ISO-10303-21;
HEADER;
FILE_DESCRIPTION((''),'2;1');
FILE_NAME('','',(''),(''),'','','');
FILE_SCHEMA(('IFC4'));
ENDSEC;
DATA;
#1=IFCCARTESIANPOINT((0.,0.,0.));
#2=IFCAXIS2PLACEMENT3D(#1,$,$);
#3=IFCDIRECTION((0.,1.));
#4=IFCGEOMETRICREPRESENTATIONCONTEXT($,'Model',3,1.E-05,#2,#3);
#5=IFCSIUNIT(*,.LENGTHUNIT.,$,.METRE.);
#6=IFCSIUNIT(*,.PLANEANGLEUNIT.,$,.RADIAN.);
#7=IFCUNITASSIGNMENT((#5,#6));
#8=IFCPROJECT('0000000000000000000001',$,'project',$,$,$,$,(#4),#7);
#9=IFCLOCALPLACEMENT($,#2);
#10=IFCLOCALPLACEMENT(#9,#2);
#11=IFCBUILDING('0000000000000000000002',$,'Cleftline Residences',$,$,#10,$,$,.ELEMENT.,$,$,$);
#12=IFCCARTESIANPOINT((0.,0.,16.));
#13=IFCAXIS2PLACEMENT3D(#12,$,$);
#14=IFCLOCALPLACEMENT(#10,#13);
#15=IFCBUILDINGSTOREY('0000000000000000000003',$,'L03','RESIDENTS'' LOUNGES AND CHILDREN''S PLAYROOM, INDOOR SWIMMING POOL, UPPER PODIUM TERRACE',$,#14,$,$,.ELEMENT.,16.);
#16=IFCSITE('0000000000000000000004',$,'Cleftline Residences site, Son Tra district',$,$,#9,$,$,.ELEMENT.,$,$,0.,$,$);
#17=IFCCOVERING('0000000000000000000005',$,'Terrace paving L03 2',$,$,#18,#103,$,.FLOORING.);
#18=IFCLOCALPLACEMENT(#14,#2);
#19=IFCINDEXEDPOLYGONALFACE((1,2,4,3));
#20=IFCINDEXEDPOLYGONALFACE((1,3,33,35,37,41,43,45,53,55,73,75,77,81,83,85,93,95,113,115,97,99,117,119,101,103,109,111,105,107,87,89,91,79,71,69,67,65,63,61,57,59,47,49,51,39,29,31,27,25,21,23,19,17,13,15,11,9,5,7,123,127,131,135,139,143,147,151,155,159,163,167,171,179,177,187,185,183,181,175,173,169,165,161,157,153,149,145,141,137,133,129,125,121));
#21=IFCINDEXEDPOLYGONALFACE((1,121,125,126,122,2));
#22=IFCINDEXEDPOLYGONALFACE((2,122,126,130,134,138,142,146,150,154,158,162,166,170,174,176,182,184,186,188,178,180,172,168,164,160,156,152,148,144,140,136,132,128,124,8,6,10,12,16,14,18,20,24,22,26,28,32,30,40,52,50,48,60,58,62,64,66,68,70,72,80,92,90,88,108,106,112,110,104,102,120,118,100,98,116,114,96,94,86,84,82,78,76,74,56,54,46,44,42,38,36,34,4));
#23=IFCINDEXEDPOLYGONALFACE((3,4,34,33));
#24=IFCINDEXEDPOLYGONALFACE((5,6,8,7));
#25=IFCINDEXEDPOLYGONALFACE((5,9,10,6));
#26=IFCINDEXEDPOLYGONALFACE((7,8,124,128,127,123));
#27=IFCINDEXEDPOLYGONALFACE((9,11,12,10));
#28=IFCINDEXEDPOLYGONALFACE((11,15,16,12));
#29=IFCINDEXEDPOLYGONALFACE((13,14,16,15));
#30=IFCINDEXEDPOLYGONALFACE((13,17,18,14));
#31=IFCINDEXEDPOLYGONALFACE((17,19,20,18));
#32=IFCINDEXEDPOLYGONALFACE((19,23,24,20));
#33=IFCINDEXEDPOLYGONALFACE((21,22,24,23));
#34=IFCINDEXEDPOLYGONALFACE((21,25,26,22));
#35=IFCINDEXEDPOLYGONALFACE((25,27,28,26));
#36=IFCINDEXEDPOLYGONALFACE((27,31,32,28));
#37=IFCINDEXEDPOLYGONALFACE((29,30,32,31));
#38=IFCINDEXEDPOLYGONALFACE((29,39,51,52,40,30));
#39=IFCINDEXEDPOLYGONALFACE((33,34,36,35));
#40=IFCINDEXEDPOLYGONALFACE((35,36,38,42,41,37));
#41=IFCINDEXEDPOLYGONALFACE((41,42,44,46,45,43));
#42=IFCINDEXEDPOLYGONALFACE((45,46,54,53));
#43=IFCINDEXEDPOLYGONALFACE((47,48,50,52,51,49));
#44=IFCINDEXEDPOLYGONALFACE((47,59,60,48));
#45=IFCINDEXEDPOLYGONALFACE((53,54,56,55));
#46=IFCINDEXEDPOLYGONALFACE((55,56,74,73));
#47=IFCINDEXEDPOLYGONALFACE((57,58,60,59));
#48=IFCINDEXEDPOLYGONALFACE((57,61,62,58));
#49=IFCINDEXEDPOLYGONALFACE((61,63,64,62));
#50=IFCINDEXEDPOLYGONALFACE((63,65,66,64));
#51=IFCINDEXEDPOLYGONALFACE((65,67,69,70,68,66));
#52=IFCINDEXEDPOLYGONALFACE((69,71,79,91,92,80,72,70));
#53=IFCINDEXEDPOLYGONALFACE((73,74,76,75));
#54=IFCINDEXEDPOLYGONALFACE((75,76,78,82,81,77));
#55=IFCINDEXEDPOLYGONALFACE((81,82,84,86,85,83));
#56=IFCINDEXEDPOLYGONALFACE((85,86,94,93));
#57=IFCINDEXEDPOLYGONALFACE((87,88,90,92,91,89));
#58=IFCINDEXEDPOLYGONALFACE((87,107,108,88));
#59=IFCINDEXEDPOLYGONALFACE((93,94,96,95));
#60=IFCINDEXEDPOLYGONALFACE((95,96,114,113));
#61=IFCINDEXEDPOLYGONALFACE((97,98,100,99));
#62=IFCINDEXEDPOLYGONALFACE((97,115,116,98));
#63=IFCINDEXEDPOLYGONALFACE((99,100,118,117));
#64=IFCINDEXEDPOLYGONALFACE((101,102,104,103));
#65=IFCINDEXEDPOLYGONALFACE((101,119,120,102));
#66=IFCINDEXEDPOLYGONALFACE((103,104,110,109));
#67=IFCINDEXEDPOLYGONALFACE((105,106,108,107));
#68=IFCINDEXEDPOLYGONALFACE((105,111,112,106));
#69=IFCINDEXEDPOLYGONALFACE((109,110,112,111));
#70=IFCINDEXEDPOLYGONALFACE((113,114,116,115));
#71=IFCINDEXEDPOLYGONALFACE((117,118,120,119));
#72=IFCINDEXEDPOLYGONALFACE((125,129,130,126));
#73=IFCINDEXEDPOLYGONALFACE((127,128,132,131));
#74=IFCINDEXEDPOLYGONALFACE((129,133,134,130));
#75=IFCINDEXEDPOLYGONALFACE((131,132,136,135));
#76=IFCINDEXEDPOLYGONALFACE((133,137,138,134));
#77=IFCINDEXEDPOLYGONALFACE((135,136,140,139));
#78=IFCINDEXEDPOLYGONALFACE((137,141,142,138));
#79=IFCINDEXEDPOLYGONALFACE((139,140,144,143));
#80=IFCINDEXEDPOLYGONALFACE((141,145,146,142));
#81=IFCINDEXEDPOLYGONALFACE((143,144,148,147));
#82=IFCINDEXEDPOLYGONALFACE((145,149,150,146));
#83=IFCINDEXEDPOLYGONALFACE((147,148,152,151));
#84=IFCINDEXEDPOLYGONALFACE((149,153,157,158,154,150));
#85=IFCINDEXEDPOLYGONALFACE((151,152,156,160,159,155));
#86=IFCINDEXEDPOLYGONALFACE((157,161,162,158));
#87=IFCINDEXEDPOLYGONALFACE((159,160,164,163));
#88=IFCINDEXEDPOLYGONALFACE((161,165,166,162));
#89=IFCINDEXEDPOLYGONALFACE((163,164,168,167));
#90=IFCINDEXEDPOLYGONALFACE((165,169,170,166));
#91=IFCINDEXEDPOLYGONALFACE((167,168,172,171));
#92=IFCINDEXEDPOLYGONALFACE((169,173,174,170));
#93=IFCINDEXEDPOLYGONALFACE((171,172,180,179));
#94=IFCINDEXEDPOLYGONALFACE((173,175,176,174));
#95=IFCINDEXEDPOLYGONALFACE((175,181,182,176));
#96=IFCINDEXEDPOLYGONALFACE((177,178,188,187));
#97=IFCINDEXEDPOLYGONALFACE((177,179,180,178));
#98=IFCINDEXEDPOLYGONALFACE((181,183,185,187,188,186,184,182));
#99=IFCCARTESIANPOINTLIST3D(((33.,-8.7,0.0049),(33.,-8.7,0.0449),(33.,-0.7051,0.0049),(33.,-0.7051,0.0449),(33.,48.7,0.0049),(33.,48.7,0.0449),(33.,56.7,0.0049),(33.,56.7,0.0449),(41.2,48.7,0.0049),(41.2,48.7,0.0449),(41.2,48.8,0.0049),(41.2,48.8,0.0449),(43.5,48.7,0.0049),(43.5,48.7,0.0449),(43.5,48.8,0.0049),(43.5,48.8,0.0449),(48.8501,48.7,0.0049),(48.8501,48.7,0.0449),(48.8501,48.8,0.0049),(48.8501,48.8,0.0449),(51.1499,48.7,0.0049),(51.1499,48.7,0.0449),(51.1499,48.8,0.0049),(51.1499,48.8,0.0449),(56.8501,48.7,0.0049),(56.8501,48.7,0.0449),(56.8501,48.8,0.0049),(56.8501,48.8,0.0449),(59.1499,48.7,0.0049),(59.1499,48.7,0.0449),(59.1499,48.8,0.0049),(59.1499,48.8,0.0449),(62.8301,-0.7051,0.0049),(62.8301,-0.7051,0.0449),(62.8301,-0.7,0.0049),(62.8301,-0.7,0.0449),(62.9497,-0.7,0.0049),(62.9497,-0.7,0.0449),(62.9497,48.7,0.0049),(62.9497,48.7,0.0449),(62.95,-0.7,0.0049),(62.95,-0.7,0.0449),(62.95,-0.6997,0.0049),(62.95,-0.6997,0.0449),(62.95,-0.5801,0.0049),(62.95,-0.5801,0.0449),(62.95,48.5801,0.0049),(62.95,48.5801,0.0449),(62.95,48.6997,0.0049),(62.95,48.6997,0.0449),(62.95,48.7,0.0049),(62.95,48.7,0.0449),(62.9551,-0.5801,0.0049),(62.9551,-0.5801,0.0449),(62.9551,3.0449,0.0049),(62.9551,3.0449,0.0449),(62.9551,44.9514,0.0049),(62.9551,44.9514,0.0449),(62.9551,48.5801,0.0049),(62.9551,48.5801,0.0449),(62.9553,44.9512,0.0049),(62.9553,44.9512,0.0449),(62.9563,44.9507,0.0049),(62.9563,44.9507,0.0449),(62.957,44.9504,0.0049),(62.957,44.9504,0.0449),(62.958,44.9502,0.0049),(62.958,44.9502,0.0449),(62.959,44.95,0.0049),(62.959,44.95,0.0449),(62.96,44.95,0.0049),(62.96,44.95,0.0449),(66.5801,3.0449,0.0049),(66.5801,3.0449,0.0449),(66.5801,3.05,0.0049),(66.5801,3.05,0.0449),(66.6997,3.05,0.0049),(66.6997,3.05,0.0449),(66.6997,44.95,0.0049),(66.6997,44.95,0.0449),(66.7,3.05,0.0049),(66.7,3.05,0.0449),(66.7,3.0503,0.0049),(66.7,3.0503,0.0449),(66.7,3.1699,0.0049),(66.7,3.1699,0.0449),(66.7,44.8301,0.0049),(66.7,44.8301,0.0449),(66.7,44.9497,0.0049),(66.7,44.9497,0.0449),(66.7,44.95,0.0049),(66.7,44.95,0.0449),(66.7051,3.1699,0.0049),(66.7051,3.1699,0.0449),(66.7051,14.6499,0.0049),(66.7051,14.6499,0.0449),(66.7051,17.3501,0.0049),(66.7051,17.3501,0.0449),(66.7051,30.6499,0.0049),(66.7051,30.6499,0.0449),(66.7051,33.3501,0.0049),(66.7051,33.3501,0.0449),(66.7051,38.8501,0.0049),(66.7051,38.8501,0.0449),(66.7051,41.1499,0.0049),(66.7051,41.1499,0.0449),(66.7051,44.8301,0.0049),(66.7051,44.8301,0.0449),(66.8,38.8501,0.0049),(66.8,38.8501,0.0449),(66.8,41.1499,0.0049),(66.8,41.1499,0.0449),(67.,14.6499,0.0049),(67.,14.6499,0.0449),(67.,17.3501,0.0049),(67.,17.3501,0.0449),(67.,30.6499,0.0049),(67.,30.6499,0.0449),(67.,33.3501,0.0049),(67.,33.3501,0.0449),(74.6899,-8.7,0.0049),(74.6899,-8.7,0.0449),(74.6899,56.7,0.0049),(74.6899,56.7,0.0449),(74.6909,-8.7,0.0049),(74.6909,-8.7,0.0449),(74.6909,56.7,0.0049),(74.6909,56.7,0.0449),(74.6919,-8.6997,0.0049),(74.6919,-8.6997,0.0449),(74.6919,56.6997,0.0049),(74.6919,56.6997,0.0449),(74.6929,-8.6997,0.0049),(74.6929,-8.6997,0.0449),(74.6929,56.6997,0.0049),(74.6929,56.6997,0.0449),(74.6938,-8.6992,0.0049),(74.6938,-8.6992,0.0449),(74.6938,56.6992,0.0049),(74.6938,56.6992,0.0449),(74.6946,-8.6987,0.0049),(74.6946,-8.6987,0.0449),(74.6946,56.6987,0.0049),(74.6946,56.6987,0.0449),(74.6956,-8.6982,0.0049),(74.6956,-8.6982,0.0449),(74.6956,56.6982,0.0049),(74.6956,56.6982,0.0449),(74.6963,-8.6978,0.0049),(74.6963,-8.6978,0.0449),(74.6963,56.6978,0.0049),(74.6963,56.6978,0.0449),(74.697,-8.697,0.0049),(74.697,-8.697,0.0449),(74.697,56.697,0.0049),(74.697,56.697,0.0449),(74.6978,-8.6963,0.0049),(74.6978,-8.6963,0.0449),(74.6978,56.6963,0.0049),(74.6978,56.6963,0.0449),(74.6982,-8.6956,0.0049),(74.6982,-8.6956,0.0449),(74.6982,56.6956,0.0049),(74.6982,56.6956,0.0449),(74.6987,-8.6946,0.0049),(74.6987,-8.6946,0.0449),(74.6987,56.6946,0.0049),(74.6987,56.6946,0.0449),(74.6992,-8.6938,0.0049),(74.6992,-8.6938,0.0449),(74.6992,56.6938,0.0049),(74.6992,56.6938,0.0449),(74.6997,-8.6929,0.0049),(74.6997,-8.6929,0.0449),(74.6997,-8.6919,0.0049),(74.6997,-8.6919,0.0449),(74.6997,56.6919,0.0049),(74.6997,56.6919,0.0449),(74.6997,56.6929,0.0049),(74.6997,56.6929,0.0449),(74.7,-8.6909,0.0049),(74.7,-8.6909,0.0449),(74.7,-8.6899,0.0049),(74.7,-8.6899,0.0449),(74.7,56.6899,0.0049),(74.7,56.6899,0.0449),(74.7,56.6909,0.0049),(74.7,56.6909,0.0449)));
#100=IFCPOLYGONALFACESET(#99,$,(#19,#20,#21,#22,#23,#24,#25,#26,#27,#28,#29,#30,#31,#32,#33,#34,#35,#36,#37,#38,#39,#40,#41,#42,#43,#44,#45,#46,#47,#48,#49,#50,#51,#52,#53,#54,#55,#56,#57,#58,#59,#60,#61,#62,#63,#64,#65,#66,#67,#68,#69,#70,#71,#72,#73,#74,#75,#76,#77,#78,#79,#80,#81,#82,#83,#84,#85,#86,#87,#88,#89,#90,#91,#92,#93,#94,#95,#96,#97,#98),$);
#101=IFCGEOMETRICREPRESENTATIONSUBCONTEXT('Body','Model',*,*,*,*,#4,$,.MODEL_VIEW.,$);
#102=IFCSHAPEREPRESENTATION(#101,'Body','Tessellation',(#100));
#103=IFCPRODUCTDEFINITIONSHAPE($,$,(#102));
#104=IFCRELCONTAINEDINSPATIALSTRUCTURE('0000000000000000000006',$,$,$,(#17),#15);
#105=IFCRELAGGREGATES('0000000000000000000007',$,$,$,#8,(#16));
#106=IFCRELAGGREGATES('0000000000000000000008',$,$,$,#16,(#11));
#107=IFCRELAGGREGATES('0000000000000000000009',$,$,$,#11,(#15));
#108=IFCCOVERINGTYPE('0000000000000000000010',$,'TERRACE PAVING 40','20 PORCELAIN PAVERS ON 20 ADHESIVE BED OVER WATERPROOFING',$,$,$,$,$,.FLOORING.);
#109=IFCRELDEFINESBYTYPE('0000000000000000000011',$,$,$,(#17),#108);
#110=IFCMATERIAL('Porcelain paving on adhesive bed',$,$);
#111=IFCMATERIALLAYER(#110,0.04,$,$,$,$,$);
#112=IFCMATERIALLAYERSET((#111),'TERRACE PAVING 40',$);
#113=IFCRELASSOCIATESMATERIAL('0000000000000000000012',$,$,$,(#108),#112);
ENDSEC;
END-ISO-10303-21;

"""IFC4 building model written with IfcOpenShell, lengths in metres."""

from ifc_helpers import new_model, si_unit, direction, frame, origin, place, context, subcontext, project, spatial, polyline, outline, extrude, material, layer, layer_set, type_object, element, save


model = new_model("IFC4")

# Units and contexts
model_context = context("Model", 3, precision=1e-05, world=origin(), true_north=direction((0.0, 1.0)))
body_context = subcontext(model_context, "Body", "Model", "MODEL_VIEW")
ifc_project = project(units=[si_unit("LENGTHUNIT", "METRE"), si_unit("PLANEANGLEUNIT", "RADIAN")], contexts=[model_context])

# Site, building, storey
site_placement = place(None, origin())
site = spatial("IfcSite", under=ifc_project, at=site_placement, Name="Cleftline Residences site, Son Tra district", CompositionType="ELEMENT", RefElevation=0.0)
building_placement = place(site_placement, origin())
building = spatial("IfcBuilding", under=site, at=building_placement, Name="Cleftline Residences", CompositionType="ELEMENT")
storey_placement = place(building_placement, frame((0.0, 0.0, 16.0)))
storey = spatial("IfcBuildingStorey", under=building, at=storey_placement, Name="L03", Description="RESIDENTS' LOUNGES AND CHILDREN'S PLAYROOM, INDOOR SWIMMING POOL, UPPER PODIUM TERRACE", CompositionType="ELEMENT", Elevation=16.0)

# Covering
ifc_material_1 = material(Name="Porcelain paving on adhesive bed")
ifc_layer_1 = layer(ifc_material_1, 0.04)
ifc_layer_set_1 = layer_set([ifc_layer_1], Name="TERRACE PAVING 40")
covering_type_1 = type_object("IfcCoveringType", Name="TERRACE PAVING 40", Description="20 PORCELAIN PAVERS ON 20 ADHESIVE BED OVER WATERPROOFING", PredefinedType="FLOORING", material=ifc_layer_set_1)
covering_1_placement = place(storey_placement, frame((0.0, 0.0, 0.0049)))
element("IfcCovering", 1, at=covering_1_placement, inside=storey, type_object=covering_type_1, Name="Terrace paving L03 2", PredefinedType="FLOORING", context=body_context, shape_type="SweptSolid", body=[
    extrude(outline(polyline([(33.0, 56.7), (33.0, 48.7), (41.2, 48.7), (41.2, 48.8), (43.5, 48.8), (43.5, 48.7), (48.8501, 48.7), (48.8501, 48.8), (51.1499, 48.8), (51.1499, 48.7), (56.8501, 48.7), (56.8501, 48.8), (59.1499, 48.8), (59.1499, 48.7), (62.9497, 48.7), (62.95, 48.7), (62.95, 48.6997), (62.95, 48.5801), (62.9551, 48.5801), (62.9551, 44.9514), (62.9553, 44.9512), (62.9563, 44.9507), (62.957, 44.9504), (62.958, 44.9502), (62.959, 44.95), (62.96, 44.95), (66.6997, 44.95), (66.7, 44.95), (66.7, 44.9497), (66.7, 44.8301), (66.7051, 44.8301), (66.7051, 41.1499), (66.8, 41.1499), (66.8, 38.8501), (66.7051, 38.8501), (66.7051, 33.3501), (67.0, 33.3501), (67.0, 30.6499), (66.7051, 30.6499), (66.7051, 17.3501), (67.0, 17.3501), (67.0, 14.6499), (66.7051, 14.6499), (66.7051, 3.1699), (66.7, 3.1699), (66.7, 3.0503), (66.7, 3.05), (66.6997, 3.05), (66.5801, 3.05), (66.5801, 3.0449), (62.9551, 3.0449), (62.9551, -0.5801), (62.95, -0.5801), (62.95, -0.6997), (62.95, -0.7), (62.9497, -0.7), (62.8301, -0.7), (62.8301, -0.7051), (33.0, -0.7051), (33.0, -8.7), (74.6899, -8.7), (74.6909, -8.7), (74.6919, -8.6997), (74.6929, -8.6997), (74.6938, -8.6992), (74.6946, -8.6987), (74.6956, -8.6982), (74.6963, -8.6978), (74.697, -8.697), (74.6978, -8.6963), (74.6982, -8.6956), (74.6987, -8.6946), (74.6992, -8.6938), (74.6997, -8.6929), (74.6997, -8.6919), (74.7, -8.6909), (74.7, -8.6899), (74.7, 56.6899), (74.7, 56.6909), (74.6997, 56.6919), (74.6997, 56.6929), (74.6992, 56.6938), (74.6987, 56.6946), (74.6982, 56.6956), (74.6978, 56.6963), (74.697, 56.697), (74.6963, 56.6978), (74.6956, 56.6982), (74.6946, 56.6987), (74.6938, 56.6992), (74.6929, 56.6997), (74.6919, 56.6997), (74.6909, 56.7), (74.6899, 56.7), (33.0, 56.7)])), origin(), (0.0, 0.0, 1.0), 0.04),
])

save(model, "model.ifc")
